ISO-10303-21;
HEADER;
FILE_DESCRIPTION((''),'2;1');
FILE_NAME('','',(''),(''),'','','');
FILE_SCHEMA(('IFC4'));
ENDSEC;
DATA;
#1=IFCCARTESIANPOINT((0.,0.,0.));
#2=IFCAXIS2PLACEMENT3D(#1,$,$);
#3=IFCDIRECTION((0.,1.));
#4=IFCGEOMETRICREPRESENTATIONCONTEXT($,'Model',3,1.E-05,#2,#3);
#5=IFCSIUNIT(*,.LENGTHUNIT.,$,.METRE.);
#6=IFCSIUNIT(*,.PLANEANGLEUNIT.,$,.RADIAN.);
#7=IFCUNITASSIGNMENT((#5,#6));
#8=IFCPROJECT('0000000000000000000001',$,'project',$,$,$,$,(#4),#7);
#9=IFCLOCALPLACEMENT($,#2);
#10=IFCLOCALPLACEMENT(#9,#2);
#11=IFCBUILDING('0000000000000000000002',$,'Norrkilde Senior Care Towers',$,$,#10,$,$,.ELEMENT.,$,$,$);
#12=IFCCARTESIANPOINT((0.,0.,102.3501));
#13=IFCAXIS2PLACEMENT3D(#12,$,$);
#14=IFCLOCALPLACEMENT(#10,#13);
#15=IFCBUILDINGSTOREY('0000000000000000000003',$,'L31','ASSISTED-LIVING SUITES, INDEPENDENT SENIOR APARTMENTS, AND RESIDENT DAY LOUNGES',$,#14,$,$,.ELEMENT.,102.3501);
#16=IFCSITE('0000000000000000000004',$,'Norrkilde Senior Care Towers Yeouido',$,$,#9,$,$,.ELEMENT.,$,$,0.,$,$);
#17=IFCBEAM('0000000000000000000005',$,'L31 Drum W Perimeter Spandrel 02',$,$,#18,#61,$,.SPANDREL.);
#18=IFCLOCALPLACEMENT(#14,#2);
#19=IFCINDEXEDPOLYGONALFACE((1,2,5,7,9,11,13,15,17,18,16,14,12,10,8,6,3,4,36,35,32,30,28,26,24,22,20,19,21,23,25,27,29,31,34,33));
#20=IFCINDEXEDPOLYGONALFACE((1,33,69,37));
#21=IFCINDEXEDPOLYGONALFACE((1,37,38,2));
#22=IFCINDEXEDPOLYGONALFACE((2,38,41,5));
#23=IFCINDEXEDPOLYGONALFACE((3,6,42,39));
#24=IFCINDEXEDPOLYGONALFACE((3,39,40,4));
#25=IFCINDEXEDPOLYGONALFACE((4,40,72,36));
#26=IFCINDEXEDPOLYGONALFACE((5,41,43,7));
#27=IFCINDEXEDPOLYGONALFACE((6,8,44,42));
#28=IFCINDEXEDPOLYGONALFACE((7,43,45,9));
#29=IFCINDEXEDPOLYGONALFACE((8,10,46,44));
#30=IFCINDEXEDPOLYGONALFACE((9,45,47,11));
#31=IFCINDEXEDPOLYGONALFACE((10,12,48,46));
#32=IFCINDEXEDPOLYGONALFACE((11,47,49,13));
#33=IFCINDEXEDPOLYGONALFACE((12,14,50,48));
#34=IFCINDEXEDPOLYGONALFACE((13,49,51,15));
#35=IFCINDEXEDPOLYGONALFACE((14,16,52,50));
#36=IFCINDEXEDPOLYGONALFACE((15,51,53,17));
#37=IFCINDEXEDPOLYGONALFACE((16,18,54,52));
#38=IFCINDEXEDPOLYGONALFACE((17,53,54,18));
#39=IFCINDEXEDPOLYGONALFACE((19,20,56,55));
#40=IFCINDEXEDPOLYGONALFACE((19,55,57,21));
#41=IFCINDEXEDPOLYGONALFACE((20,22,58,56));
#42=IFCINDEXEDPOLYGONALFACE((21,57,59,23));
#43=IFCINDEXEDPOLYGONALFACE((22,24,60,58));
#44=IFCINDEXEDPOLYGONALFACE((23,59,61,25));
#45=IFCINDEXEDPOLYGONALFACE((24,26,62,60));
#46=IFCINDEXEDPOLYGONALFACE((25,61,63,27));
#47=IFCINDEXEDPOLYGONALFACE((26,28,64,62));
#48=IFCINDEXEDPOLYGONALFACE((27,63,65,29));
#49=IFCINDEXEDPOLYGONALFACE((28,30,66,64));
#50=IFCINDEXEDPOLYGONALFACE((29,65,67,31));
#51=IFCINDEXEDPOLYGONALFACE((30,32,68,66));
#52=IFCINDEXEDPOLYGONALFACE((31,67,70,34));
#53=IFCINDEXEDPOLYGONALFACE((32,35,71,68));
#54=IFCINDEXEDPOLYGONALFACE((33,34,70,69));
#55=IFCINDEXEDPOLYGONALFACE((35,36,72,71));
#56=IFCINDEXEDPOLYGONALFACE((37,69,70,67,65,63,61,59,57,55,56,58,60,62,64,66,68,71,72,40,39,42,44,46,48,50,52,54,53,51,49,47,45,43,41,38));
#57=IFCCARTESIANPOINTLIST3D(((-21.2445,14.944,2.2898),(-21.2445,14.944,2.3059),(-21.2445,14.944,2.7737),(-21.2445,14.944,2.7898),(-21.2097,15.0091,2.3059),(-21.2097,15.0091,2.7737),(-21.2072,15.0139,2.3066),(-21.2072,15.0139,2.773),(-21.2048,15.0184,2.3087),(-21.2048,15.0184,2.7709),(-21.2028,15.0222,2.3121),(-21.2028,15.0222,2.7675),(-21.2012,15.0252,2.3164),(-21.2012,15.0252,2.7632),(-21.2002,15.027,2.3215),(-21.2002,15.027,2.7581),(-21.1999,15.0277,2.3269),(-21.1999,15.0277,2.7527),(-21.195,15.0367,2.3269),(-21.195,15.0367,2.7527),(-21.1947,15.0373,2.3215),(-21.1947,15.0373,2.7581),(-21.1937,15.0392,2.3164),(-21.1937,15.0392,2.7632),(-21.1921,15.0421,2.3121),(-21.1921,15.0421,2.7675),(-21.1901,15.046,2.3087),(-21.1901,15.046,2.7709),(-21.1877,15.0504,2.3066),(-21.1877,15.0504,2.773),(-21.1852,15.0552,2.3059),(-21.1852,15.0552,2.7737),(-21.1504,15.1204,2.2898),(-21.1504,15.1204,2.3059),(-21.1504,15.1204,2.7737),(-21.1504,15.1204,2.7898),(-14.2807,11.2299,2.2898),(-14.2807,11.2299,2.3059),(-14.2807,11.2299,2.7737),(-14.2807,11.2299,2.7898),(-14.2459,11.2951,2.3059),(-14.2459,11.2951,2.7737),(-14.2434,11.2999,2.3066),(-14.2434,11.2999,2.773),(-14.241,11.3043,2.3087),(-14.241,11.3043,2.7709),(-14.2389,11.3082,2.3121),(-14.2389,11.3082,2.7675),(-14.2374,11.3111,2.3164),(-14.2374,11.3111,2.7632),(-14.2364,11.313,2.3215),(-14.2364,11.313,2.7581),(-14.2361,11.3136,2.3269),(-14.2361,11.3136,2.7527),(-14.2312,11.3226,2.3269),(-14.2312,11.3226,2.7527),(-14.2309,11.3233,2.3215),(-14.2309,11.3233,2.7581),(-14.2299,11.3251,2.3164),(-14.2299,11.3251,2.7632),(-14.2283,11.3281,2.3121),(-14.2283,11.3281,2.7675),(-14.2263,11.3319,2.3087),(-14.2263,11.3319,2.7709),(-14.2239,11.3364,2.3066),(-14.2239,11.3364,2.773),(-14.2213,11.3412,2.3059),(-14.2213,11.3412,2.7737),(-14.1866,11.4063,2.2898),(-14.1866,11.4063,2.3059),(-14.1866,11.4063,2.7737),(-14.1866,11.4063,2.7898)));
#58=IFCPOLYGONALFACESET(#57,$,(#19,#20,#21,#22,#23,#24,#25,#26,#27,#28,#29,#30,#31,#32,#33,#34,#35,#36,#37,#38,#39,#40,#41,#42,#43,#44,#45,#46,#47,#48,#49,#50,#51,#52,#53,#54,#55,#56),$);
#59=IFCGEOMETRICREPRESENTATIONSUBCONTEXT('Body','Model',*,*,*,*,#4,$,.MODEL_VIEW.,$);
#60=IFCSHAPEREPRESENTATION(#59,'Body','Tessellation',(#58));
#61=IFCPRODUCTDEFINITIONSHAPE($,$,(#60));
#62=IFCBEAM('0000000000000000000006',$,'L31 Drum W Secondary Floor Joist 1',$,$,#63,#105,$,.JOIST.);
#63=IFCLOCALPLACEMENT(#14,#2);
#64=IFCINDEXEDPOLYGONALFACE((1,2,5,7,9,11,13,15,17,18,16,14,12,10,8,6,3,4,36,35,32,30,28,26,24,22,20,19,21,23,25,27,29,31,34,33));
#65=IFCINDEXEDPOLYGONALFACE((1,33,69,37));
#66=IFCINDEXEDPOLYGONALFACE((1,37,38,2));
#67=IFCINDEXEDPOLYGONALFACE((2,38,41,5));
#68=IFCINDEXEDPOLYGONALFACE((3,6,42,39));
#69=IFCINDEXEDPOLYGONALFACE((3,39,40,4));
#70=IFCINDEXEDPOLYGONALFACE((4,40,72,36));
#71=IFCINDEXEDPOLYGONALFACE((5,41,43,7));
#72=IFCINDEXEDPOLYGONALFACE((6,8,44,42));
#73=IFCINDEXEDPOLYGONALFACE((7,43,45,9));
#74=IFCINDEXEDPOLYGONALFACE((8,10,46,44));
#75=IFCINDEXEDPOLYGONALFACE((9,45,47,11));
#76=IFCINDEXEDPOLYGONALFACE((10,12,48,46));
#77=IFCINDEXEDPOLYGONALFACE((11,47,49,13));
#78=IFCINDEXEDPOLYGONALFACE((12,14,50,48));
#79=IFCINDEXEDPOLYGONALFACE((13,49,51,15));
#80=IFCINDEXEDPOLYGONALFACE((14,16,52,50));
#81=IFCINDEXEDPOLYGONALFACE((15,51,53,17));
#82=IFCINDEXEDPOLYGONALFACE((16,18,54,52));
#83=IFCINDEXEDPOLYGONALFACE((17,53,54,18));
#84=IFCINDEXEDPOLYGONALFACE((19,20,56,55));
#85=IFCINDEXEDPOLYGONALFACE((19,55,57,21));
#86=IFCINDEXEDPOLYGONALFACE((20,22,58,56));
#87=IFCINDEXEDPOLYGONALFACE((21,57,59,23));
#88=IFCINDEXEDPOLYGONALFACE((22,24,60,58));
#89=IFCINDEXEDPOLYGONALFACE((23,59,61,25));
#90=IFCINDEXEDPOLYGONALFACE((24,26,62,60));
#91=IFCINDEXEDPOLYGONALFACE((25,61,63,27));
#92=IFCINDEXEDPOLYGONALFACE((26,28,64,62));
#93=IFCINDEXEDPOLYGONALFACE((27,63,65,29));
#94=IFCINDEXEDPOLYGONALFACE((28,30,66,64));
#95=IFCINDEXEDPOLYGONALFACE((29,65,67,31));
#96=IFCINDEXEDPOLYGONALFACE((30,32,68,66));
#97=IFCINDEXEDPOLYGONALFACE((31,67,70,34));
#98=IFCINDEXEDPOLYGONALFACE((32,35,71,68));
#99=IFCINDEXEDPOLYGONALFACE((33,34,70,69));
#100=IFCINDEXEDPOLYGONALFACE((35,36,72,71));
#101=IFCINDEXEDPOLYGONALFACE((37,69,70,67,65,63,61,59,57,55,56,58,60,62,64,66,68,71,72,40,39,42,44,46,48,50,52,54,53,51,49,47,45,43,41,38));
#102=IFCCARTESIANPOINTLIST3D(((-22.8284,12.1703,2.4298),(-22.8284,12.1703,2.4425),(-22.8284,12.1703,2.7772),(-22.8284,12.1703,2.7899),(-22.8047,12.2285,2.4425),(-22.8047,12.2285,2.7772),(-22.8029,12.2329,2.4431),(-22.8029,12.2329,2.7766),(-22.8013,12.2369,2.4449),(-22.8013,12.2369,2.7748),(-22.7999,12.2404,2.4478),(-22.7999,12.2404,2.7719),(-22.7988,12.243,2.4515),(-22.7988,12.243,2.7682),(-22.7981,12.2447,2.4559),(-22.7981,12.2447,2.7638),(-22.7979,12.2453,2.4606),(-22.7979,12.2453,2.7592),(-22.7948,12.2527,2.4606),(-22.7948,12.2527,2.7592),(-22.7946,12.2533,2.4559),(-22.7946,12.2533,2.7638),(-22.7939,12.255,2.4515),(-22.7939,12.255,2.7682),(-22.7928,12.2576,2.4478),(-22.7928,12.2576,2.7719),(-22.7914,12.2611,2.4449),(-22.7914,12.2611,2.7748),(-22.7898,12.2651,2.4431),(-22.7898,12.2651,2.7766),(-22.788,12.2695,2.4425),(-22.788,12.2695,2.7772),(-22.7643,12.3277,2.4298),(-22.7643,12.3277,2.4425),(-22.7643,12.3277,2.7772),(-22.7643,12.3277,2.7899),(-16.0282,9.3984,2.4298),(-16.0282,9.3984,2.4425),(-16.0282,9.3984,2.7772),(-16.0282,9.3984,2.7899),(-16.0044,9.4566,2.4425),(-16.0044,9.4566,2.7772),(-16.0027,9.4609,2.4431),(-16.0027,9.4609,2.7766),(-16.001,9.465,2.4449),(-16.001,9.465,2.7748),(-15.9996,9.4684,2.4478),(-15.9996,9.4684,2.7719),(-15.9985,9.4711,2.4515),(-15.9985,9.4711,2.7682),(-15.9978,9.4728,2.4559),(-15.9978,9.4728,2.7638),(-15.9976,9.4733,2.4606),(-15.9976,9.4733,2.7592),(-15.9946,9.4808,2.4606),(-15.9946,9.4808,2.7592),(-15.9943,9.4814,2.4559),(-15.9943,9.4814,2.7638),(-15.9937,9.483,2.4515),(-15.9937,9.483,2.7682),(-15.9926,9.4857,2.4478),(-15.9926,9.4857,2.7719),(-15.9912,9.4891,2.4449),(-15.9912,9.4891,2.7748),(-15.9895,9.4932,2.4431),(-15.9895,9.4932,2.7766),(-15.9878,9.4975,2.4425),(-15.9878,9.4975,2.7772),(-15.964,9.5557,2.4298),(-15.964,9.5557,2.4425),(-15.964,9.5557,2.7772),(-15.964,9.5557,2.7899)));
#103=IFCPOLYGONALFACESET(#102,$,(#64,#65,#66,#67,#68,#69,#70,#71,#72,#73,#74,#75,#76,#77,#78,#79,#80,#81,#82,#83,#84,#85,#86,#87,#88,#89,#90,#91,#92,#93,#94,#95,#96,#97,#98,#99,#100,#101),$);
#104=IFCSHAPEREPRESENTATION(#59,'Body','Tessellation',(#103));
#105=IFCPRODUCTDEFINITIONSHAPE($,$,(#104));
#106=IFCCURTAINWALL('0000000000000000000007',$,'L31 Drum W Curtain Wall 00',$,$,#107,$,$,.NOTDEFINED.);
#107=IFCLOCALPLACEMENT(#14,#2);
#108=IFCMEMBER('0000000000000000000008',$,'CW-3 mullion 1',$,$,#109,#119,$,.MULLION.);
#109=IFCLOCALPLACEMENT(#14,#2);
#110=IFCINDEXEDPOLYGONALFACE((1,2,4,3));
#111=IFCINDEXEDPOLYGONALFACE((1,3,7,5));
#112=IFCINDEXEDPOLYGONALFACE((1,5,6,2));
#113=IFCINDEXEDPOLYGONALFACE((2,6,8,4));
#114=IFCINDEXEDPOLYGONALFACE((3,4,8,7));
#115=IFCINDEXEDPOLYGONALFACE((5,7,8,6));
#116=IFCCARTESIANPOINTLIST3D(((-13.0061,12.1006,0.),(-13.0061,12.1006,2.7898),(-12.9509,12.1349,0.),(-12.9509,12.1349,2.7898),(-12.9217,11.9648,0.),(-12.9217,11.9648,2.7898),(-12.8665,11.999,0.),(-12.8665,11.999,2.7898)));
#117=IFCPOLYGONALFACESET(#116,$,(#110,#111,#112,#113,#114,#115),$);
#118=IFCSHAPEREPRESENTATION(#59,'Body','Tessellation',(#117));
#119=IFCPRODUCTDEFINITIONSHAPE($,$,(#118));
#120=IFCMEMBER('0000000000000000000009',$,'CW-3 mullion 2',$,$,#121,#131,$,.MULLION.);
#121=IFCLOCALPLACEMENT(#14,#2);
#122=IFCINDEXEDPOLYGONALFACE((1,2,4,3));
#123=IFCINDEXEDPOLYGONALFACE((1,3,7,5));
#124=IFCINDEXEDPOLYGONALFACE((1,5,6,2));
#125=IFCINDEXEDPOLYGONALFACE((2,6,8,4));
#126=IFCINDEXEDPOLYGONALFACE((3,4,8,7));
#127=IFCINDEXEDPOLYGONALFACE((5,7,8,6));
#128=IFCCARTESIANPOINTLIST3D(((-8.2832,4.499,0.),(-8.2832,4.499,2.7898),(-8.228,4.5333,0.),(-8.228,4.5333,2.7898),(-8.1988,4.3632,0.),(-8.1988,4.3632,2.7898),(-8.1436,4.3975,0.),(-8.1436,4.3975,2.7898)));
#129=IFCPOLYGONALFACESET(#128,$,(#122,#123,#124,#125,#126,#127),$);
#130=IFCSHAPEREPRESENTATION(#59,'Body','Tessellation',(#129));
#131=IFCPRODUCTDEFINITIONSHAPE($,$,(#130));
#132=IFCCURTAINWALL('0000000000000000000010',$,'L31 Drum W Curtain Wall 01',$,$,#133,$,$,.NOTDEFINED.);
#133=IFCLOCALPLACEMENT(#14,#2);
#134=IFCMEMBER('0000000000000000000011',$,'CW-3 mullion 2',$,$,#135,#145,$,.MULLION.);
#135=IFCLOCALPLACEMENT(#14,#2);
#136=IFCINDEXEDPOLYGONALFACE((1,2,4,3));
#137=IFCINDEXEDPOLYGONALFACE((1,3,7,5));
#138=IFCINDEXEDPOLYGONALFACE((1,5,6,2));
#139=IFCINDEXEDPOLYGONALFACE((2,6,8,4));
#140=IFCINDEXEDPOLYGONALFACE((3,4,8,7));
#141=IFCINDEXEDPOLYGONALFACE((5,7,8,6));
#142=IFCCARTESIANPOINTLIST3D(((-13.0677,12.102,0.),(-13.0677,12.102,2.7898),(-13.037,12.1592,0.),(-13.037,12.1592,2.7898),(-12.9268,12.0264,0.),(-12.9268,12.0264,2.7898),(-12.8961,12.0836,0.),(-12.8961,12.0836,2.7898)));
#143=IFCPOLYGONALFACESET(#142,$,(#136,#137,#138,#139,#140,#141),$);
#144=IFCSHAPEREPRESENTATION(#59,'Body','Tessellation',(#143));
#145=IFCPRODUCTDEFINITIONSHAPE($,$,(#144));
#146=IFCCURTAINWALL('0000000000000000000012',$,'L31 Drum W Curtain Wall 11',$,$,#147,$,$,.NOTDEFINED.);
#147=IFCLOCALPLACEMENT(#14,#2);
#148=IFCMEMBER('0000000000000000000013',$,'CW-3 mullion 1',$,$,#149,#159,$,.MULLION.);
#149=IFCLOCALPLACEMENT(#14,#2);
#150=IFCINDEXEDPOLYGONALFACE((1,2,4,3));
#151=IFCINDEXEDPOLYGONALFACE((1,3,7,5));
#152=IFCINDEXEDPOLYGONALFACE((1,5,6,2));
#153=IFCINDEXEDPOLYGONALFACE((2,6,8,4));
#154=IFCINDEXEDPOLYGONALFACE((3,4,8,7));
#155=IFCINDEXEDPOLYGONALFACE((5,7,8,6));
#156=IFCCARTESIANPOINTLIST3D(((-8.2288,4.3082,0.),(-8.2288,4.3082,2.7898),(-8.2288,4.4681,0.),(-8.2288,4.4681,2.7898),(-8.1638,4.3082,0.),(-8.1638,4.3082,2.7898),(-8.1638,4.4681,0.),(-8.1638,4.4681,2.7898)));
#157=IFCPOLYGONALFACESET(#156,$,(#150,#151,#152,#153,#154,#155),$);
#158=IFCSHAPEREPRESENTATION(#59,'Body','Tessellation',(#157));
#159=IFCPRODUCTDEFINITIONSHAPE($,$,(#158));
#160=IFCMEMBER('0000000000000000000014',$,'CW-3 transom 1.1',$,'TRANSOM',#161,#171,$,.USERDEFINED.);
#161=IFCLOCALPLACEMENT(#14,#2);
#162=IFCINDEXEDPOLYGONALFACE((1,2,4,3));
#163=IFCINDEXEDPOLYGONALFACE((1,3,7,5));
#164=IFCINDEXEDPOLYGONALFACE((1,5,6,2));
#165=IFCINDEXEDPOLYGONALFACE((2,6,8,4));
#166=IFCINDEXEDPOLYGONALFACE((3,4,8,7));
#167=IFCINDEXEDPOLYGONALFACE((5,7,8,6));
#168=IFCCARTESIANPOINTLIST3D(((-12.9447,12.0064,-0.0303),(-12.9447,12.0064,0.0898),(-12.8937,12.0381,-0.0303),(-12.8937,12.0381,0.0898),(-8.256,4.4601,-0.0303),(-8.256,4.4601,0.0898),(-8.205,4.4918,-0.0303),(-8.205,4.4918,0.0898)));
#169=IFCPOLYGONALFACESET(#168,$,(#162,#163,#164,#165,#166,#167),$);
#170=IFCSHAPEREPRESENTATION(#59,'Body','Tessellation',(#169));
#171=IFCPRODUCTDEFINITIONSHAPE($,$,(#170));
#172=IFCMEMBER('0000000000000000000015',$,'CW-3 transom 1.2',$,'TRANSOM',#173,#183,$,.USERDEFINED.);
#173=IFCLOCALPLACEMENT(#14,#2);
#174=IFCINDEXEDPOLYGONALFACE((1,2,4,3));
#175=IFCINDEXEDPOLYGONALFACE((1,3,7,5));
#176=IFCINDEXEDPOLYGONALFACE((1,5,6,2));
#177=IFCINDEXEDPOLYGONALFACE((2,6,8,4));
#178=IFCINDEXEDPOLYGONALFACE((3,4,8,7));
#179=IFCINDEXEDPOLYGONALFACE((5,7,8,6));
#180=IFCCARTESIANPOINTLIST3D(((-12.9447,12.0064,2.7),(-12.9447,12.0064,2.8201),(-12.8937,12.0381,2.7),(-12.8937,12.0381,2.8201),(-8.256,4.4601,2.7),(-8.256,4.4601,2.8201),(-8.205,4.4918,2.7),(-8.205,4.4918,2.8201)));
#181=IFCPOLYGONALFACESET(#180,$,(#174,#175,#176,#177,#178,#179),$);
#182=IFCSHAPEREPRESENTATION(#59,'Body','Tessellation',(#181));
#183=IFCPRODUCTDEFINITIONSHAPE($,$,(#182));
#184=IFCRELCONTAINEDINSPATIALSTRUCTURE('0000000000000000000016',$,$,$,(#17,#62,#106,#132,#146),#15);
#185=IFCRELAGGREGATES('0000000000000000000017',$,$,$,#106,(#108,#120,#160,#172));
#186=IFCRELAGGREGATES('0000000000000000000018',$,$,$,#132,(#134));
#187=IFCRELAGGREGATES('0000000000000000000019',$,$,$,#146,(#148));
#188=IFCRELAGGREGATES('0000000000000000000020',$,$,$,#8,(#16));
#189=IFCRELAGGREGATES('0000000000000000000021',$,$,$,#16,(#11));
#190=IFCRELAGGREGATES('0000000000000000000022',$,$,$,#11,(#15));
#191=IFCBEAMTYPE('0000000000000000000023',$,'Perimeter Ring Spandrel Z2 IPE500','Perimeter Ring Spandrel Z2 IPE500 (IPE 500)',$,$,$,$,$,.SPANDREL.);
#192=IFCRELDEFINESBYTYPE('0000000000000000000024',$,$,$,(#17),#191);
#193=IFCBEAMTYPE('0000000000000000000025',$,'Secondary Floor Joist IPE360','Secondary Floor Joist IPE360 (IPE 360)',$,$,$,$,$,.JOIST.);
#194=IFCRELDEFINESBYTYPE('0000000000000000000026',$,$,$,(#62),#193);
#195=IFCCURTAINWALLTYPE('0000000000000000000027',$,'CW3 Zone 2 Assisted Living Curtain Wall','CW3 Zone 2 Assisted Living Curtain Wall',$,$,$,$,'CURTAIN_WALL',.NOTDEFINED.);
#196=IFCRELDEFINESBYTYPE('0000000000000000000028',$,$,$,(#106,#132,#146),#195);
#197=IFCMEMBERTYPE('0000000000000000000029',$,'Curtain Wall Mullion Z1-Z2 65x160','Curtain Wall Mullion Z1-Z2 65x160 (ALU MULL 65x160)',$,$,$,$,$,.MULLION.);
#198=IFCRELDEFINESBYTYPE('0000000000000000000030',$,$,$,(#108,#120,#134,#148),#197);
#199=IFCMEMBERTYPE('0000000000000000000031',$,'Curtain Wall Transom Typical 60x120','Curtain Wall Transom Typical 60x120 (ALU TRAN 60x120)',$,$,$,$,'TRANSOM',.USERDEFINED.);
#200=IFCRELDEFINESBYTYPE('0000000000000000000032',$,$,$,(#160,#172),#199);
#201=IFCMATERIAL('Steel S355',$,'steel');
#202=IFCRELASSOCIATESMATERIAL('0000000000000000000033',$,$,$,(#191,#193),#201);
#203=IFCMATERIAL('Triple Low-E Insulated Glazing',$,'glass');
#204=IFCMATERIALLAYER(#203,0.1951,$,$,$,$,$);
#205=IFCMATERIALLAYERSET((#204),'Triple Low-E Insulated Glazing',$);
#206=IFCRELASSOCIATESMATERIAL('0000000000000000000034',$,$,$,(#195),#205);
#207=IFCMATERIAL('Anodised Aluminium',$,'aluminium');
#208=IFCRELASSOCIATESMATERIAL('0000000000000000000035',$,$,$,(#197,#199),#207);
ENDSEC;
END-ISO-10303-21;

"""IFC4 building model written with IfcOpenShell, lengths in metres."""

from ifc_helpers import new_model, si_unit, direction, frame, origin, origin_2d, place, context, subcontext, project, spatial, rectangle, i_section, extrude, source, transform, mapped, material, layer, layer_set, material_profile, profile_set, type_object, type_shapes, element, aggregate, save


model = new_model("IFC4")

# Units and contexts
model_context = context("Model", 3, precision=1e-05, world=origin(), true_north=direction((0.0, 1.0)))
body_context = subcontext(model_context, "Body", "Model", "MODEL_VIEW")
ifc_project = project(units=[si_unit("LENGTHUNIT", "METRE"), si_unit("PLANEANGLEUNIT", "RADIAN")], contexts=[model_context])

# Site, building, storey
site_placement = place(None, origin())
site = spatial("IfcSite", under=ifc_project, at=site_placement, Name="Norrkilde Senior Care Towers Yeouido", CompositionType="ELEMENT", RefElevation=0.0)
building_placement = place(site_placement, origin())
building = spatial("IfcBuilding", under=site, at=building_placement, Name="Norrkilde Senior Care Towers", CompositionType="ELEMENT")
storey_placement = place(building_placement, frame((0.0, 0.0, 102.3501)))
storey = spatial("IfcBuildingStorey", under=building, at=storey_placement, Name="L31", Description="ASSISTED-LIVING SUITES, INDEPENDENT SENIOR APARTMENTS, AND RESIDENT DAY LOUNGES", CompositionType="ELEMENT", Elevation=102.3501)

# Beams
ifc_material_1 = material(Name="Steel S355", Category="steel")
ifc_material_profile_1 = material_profile(ifc_material_1, i_section(OverallWidth=0.2, OverallDepth=0.5, WebThickness=0.0103, FlangeThickness=0.0161, FilletRadius=0.021, at=origin_2d()), Name="IPE 500")
ifc_profile_set_1 = profile_set([ifc_material_profile_1], Name="Steel S355")
beam_type_1 = type_object("IfcBeamType", Name="Perimeter Ring Spandrel Z2 IPE500", Description="Perimeter Ring Spandrel Z2 IPE500 (IPE 500)", PredefinedType="SPANDREL", material=ifc_profile_set_1)
shared_shape_1 = source(origin(), body_context, "Body", "SweptSolid", [
    extrude(i_section(OverallWidth=0.2, OverallDepth=0.5, WebThickness=0.0103, FlangeThickness=0.0161, FilletRadius=0.021, at=origin_2d()), origin(), (0.0, 0.0, 1.0), 7.8923),
])
beam_1_placement = place(storey_placement, frame((-14.2336, 11.3181, 2.5398), z_axis=(-0.88235, 0.470593, 0.0), x_axis=(-0.470593, -0.88235, 0.0)))
element("IfcBeam", 1, at=beam_1_placement, inside=storey, type_object=beam_type_1, Name="L31 Drum W Perimeter Spandrel 02", PredefinedType="SPANDREL", context=body_context, shape_type="MappedRepresentation", body=[
    mapped(shared_shape_1, transform((0.0, 0.0, 0.0), x_axis=(1.0, 0.0, 0.0), y_axis=(0.0, 1.0, 0.0), z_axis=(0.0, 0.0, 1.0), scale=1.0)),
])
ifc_material_profile_2 = material_profile(ifc_material_1, i_section(OverallWidth=0.1699, OverallDepth=0.3601, WebThickness=0.0081, FlangeThickness=0.0127, FilletRadius=0.0181, at=origin_2d()), Name="IPE 360")
ifc_profile_set_2 = profile_set([ifc_material_profile_2], Name="Steel S355")
beam_type_2 = type_object("IfcBeamType", Name="Secondary Floor Joist IPE360", Description="Secondary Floor Joist IPE360 (IPE 360)", PredefinedType="JOIST", material=ifc_profile_set_2)
shared_shape_2 = source(origin(), body_context, "Body", "SweptSolid", [
    extrude(i_section(OverallWidth=0.1699, OverallDepth=0.3601, WebThickness=0.0081, FlangeThickness=0.0127, FilletRadius=0.0181, at=origin_2d()), origin(), (0.0, 0.0, 1.0), 7.3435),
])
type_shapes(beam_type_2, [shared_shape_2])
beam_2_placement = place(storey_placement, frame((-15.9961, 9.4771, 2.6099), z_axis=(-0.926022, 0.37747, 0.0), x_axis=(-0.37747, -0.926022, 0.0)))
element("IfcBeam", 2, at=beam_2_placement, inside=storey, type_object=beam_type_2, Name="L31 Drum W Secondary Floor Joist 1", PredefinedType="JOIST", context=body_context, shape_type="MappedRepresentation", body=[
    mapped(shared_shape_2, transform((0.0, 0.0, 0.0), x_axis=(1.0, 0.0, 0.0), y_axis=(0.0, 1.0, 0.0), z_axis=(0.0, 0.0, 1.0), scale=1.0)),
])

# Curtain wall, members
ifc_material_2 = material(Name="Triple Low-E Insulated Glazing", Category="glass")
ifc_layer_1 = layer(ifc_material_2, 0.1951)
ifc_layer_set_1 = layer_set([ifc_layer_1], Name="Triple Low-E Insulated Glazing")
curtain_wall_type = type_object("IfcCurtainWallType", Name="CW3 Zone 2 Assisted Living Curtain Wall", Description="CW3 Zone 2 Assisted Living Curtain Wall", ElementType="CURTAIN_WALL", PredefinedType="NOTDEFINED", material=ifc_layer_set_1)
curtain_wall_1_placement = place(storey_placement, origin())
curtain_wall_1 = element("IfcCurtainWall", 3, at=curtain_wall_1_placement, inside=storey, type_object=curtain_wall_type, Name="L31 Drum W Curtain Wall 00", PredefinedType="NOTDEFINED")
ifc_material_3 = material(Name="Anodised Aluminium", Category="aluminium")
ifc_material_profile_3 = material_profile(ifc_material_3, rectangle(XDim=0.0649, YDim=0.1599, at=origin_2d()), Name="ALU MULL 65x160")
ifc_profile_set_3 = profile_set([ifc_material_profile_3], Name="Anodised Aluminium")
member_type_1 = type_object("IfcMemberType", Name="Curtain Wall Mullion Z1-Z2 65x160", Description="Curtain Wall Mullion Z1-Z2 65x160 (ALU MULL 65x160)", PredefinedType="MULLION", material=ifc_profile_set_3)
shared_shape_3 = source(origin(), body_context, "Body", "SweptSolid", [
    extrude(rectangle(XDim=0.0649, YDim=0.1599, at=origin_2d()), origin(), (0.0, 0.0, 1.0), 2.7898),
])
type_shapes(member_type_1, [shared_shape_3])
member_1_placement = place(storey_placement, frame((-12.9363, 12.0498, 0.0), z_axis=(0.0, 0.0, 1.0), x_axis=(0.84941, 0.527733, 0.0)))
member_1 = element("IfcMember", 4, at=member_1_placement, type_object=member_type_1, Name="CW-3 mullion 1", PredefinedType="MULLION", context=body_context, shape_type="MappedRepresentation", body=[
    mapped(shared_shape_3, transform((0.0, 0.0, 0.0), x_axis=(1.0, 0.0, 0.0), y_axis=(0.0, 1.0, 0.0), z_axis=(0.0, 0.0, 1.0), scale=1.0)),
])
member_2_placement = place(storey_placement, frame((-8.2134, 4.4482, 0.0), z_axis=(0.0, 0.0, 1.0), x_axis=(0.84941, 0.527733, 0.0)))
member_2 = element("IfcMember", 5, at=member_2_placement, type_object=member_type_1, Name="CW-3 mullion 2", PredefinedType="MULLION", context=body_context, shape_type="MappedRepresentation", body=[
    mapped(shared_shape_3, transform((0.0, 0.0, 0.0), x_axis=(1.0, 0.0, 0.0), y_axis=(0.0, 1.0, 0.0), z_axis=(0.0, 0.0, 1.0), scale=1.0)),
])

# Curtain walls, members
curtain_wall_2_placement = place(storey_placement, origin())
curtain_wall_2 = element("IfcCurtainWall", 6, at=curtain_wall_2_placement, inside=storey, type_object=curtain_wall_type, Name="L31 Drum W Curtain Wall 01", PredefinedType="NOTDEFINED")
member_3_placement = place(storey_placement, frame((-12.9819, 12.0928, 0.0), z_axis=(0.0, 0.0, 1.0), x_axis=(0.472769, 0.881186, 0.0)))
member_3 = element("IfcMember", 7, at=member_3_placement, type_object=member_type_1, Name="CW-3 mullion 2", PredefinedType="MULLION", context=body_context, shape_type="MappedRepresentation", body=[
    mapped(shared_shape_3, transform((0.0, 0.0, 0.0), x_axis=(1.0, 0.0, 0.0), y_axis=(0.0, 1.0, 0.0), z_axis=(0.0, 0.0, 1.0), scale=1.0)),
])
curtain_wall_3_placement = place(storey_placement, origin())
curtain_wall_3 = element("IfcCurtainWall", 8, at=curtain_wall_3_placement, inside=storey, type_object=curtain_wall_type, Name="L31 Drum W Curtain Wall 11", PredefinedType="NOTDEFINED")
member_4_placement = place(storey_placement, frame((-8.1963, 4.3882, 0.0), z_axis=(0.0, 0.0, 1.0), x_axis=(1.0, 0.0, 0.0)))
member_4 = element("IfcMember", 9, at=member_4_placement, type_object=member_type_1, Name="CW-3 mullion 1", PredefinedType="MULLION", context=body_context, shape_type="MappedRepresentation", body=[
    mapped(shared_shape_3, transform((0.0, 0.0, 0.0), x_axis=(1.0, 0.0, 0.0), y_axis=(0.0, 1.0, 0.0), z_axis=(0.0, 0.0, 1.0), scale=1.0)),
])

# Members
ifc_material_profile_4 = material_profile(ifc_material_3, rectangle(XDim=0.0601, YDim=0.1201, at=origin_2d()), Name="ALU TRAN 60x120")
ifc_profile_set_4 = profile_set([ifc_material_profile_4], Name="Anodised Aluminium")
member_type_2 = type_object("IfcMemberType", Name="Curtain Wall Transom Typical 60x120", Description="Curtain Wall Transom Typical 60x120 (ALU TRAN 60x120)", ElementType="TRANSOM", PredefinedType="USERDEFINED", material=ifc_profile_set_4)
shared_shape_4 = source(origin(), body_context, "Body", "SweptSolid", [
    extrude(rectangle(XDim=0.0601, YDim=0.1201, at=origin_2d()), origin(), (0.0, 0.0, 1.0), 8.8843),
])
member_5_placement = place(storey_placement, frame((-12.9192, 12.0222, 0.0298), z_axis=(0.527749, -0.8494, 0.0), x_axis=(0.8494, 0.527749, 0.0)))
member_5 = element("IfcMember", 10, at=member_5_placement, type_object=member_type_2, Name="CW-3 transom 1.1", ObjectType="TRANSOM", PredefinedType="USERDEFINED", context=body_context, shape_type="MappedRepresentation", body=[
    mapped(shared_shape_4, transform((0.0, 0.0, 0.0), x_axis=(1.0, 0.0, 0.0), y_axis=(0.0, 1.0, 0.0), z_axis=(0.0, 0.0, 1.0), scale=1.0)),
])
member_6_placement = place(storey_placement, frame((-12.9192, 12.0222, 2.76), z_axis=(0.527749, -0.8494, 0.0), x_axis=(0.8494, 0.527749, 0.0)))
member_6 = element("IfcMember", 11, at=member_6_placement, type_object=member_type_2, Name="CW-3 transom 1.2", ObjectType="TRANSOM", PredefinedType="USERDEFINED", context=body_context, shape_type="MappedRepresentation", body=[
    mapped(shared_shape_4, transform((0.0, 0.0, 0.0), x_axis=(1.0, 0.0, 0.0), y_axis=(0.0, 1.0, 0.0), z_axis=(0.0, 0.0, 1.0), scale=1.0)),
])

aggregate(curtain_wall_1, [member_1, member_2, member_5, member_6])
aggregate(curtain_wall_2, [member_3])
aggregate(curtain_wall_3, [member_4])

save(model, "model.ifc")
